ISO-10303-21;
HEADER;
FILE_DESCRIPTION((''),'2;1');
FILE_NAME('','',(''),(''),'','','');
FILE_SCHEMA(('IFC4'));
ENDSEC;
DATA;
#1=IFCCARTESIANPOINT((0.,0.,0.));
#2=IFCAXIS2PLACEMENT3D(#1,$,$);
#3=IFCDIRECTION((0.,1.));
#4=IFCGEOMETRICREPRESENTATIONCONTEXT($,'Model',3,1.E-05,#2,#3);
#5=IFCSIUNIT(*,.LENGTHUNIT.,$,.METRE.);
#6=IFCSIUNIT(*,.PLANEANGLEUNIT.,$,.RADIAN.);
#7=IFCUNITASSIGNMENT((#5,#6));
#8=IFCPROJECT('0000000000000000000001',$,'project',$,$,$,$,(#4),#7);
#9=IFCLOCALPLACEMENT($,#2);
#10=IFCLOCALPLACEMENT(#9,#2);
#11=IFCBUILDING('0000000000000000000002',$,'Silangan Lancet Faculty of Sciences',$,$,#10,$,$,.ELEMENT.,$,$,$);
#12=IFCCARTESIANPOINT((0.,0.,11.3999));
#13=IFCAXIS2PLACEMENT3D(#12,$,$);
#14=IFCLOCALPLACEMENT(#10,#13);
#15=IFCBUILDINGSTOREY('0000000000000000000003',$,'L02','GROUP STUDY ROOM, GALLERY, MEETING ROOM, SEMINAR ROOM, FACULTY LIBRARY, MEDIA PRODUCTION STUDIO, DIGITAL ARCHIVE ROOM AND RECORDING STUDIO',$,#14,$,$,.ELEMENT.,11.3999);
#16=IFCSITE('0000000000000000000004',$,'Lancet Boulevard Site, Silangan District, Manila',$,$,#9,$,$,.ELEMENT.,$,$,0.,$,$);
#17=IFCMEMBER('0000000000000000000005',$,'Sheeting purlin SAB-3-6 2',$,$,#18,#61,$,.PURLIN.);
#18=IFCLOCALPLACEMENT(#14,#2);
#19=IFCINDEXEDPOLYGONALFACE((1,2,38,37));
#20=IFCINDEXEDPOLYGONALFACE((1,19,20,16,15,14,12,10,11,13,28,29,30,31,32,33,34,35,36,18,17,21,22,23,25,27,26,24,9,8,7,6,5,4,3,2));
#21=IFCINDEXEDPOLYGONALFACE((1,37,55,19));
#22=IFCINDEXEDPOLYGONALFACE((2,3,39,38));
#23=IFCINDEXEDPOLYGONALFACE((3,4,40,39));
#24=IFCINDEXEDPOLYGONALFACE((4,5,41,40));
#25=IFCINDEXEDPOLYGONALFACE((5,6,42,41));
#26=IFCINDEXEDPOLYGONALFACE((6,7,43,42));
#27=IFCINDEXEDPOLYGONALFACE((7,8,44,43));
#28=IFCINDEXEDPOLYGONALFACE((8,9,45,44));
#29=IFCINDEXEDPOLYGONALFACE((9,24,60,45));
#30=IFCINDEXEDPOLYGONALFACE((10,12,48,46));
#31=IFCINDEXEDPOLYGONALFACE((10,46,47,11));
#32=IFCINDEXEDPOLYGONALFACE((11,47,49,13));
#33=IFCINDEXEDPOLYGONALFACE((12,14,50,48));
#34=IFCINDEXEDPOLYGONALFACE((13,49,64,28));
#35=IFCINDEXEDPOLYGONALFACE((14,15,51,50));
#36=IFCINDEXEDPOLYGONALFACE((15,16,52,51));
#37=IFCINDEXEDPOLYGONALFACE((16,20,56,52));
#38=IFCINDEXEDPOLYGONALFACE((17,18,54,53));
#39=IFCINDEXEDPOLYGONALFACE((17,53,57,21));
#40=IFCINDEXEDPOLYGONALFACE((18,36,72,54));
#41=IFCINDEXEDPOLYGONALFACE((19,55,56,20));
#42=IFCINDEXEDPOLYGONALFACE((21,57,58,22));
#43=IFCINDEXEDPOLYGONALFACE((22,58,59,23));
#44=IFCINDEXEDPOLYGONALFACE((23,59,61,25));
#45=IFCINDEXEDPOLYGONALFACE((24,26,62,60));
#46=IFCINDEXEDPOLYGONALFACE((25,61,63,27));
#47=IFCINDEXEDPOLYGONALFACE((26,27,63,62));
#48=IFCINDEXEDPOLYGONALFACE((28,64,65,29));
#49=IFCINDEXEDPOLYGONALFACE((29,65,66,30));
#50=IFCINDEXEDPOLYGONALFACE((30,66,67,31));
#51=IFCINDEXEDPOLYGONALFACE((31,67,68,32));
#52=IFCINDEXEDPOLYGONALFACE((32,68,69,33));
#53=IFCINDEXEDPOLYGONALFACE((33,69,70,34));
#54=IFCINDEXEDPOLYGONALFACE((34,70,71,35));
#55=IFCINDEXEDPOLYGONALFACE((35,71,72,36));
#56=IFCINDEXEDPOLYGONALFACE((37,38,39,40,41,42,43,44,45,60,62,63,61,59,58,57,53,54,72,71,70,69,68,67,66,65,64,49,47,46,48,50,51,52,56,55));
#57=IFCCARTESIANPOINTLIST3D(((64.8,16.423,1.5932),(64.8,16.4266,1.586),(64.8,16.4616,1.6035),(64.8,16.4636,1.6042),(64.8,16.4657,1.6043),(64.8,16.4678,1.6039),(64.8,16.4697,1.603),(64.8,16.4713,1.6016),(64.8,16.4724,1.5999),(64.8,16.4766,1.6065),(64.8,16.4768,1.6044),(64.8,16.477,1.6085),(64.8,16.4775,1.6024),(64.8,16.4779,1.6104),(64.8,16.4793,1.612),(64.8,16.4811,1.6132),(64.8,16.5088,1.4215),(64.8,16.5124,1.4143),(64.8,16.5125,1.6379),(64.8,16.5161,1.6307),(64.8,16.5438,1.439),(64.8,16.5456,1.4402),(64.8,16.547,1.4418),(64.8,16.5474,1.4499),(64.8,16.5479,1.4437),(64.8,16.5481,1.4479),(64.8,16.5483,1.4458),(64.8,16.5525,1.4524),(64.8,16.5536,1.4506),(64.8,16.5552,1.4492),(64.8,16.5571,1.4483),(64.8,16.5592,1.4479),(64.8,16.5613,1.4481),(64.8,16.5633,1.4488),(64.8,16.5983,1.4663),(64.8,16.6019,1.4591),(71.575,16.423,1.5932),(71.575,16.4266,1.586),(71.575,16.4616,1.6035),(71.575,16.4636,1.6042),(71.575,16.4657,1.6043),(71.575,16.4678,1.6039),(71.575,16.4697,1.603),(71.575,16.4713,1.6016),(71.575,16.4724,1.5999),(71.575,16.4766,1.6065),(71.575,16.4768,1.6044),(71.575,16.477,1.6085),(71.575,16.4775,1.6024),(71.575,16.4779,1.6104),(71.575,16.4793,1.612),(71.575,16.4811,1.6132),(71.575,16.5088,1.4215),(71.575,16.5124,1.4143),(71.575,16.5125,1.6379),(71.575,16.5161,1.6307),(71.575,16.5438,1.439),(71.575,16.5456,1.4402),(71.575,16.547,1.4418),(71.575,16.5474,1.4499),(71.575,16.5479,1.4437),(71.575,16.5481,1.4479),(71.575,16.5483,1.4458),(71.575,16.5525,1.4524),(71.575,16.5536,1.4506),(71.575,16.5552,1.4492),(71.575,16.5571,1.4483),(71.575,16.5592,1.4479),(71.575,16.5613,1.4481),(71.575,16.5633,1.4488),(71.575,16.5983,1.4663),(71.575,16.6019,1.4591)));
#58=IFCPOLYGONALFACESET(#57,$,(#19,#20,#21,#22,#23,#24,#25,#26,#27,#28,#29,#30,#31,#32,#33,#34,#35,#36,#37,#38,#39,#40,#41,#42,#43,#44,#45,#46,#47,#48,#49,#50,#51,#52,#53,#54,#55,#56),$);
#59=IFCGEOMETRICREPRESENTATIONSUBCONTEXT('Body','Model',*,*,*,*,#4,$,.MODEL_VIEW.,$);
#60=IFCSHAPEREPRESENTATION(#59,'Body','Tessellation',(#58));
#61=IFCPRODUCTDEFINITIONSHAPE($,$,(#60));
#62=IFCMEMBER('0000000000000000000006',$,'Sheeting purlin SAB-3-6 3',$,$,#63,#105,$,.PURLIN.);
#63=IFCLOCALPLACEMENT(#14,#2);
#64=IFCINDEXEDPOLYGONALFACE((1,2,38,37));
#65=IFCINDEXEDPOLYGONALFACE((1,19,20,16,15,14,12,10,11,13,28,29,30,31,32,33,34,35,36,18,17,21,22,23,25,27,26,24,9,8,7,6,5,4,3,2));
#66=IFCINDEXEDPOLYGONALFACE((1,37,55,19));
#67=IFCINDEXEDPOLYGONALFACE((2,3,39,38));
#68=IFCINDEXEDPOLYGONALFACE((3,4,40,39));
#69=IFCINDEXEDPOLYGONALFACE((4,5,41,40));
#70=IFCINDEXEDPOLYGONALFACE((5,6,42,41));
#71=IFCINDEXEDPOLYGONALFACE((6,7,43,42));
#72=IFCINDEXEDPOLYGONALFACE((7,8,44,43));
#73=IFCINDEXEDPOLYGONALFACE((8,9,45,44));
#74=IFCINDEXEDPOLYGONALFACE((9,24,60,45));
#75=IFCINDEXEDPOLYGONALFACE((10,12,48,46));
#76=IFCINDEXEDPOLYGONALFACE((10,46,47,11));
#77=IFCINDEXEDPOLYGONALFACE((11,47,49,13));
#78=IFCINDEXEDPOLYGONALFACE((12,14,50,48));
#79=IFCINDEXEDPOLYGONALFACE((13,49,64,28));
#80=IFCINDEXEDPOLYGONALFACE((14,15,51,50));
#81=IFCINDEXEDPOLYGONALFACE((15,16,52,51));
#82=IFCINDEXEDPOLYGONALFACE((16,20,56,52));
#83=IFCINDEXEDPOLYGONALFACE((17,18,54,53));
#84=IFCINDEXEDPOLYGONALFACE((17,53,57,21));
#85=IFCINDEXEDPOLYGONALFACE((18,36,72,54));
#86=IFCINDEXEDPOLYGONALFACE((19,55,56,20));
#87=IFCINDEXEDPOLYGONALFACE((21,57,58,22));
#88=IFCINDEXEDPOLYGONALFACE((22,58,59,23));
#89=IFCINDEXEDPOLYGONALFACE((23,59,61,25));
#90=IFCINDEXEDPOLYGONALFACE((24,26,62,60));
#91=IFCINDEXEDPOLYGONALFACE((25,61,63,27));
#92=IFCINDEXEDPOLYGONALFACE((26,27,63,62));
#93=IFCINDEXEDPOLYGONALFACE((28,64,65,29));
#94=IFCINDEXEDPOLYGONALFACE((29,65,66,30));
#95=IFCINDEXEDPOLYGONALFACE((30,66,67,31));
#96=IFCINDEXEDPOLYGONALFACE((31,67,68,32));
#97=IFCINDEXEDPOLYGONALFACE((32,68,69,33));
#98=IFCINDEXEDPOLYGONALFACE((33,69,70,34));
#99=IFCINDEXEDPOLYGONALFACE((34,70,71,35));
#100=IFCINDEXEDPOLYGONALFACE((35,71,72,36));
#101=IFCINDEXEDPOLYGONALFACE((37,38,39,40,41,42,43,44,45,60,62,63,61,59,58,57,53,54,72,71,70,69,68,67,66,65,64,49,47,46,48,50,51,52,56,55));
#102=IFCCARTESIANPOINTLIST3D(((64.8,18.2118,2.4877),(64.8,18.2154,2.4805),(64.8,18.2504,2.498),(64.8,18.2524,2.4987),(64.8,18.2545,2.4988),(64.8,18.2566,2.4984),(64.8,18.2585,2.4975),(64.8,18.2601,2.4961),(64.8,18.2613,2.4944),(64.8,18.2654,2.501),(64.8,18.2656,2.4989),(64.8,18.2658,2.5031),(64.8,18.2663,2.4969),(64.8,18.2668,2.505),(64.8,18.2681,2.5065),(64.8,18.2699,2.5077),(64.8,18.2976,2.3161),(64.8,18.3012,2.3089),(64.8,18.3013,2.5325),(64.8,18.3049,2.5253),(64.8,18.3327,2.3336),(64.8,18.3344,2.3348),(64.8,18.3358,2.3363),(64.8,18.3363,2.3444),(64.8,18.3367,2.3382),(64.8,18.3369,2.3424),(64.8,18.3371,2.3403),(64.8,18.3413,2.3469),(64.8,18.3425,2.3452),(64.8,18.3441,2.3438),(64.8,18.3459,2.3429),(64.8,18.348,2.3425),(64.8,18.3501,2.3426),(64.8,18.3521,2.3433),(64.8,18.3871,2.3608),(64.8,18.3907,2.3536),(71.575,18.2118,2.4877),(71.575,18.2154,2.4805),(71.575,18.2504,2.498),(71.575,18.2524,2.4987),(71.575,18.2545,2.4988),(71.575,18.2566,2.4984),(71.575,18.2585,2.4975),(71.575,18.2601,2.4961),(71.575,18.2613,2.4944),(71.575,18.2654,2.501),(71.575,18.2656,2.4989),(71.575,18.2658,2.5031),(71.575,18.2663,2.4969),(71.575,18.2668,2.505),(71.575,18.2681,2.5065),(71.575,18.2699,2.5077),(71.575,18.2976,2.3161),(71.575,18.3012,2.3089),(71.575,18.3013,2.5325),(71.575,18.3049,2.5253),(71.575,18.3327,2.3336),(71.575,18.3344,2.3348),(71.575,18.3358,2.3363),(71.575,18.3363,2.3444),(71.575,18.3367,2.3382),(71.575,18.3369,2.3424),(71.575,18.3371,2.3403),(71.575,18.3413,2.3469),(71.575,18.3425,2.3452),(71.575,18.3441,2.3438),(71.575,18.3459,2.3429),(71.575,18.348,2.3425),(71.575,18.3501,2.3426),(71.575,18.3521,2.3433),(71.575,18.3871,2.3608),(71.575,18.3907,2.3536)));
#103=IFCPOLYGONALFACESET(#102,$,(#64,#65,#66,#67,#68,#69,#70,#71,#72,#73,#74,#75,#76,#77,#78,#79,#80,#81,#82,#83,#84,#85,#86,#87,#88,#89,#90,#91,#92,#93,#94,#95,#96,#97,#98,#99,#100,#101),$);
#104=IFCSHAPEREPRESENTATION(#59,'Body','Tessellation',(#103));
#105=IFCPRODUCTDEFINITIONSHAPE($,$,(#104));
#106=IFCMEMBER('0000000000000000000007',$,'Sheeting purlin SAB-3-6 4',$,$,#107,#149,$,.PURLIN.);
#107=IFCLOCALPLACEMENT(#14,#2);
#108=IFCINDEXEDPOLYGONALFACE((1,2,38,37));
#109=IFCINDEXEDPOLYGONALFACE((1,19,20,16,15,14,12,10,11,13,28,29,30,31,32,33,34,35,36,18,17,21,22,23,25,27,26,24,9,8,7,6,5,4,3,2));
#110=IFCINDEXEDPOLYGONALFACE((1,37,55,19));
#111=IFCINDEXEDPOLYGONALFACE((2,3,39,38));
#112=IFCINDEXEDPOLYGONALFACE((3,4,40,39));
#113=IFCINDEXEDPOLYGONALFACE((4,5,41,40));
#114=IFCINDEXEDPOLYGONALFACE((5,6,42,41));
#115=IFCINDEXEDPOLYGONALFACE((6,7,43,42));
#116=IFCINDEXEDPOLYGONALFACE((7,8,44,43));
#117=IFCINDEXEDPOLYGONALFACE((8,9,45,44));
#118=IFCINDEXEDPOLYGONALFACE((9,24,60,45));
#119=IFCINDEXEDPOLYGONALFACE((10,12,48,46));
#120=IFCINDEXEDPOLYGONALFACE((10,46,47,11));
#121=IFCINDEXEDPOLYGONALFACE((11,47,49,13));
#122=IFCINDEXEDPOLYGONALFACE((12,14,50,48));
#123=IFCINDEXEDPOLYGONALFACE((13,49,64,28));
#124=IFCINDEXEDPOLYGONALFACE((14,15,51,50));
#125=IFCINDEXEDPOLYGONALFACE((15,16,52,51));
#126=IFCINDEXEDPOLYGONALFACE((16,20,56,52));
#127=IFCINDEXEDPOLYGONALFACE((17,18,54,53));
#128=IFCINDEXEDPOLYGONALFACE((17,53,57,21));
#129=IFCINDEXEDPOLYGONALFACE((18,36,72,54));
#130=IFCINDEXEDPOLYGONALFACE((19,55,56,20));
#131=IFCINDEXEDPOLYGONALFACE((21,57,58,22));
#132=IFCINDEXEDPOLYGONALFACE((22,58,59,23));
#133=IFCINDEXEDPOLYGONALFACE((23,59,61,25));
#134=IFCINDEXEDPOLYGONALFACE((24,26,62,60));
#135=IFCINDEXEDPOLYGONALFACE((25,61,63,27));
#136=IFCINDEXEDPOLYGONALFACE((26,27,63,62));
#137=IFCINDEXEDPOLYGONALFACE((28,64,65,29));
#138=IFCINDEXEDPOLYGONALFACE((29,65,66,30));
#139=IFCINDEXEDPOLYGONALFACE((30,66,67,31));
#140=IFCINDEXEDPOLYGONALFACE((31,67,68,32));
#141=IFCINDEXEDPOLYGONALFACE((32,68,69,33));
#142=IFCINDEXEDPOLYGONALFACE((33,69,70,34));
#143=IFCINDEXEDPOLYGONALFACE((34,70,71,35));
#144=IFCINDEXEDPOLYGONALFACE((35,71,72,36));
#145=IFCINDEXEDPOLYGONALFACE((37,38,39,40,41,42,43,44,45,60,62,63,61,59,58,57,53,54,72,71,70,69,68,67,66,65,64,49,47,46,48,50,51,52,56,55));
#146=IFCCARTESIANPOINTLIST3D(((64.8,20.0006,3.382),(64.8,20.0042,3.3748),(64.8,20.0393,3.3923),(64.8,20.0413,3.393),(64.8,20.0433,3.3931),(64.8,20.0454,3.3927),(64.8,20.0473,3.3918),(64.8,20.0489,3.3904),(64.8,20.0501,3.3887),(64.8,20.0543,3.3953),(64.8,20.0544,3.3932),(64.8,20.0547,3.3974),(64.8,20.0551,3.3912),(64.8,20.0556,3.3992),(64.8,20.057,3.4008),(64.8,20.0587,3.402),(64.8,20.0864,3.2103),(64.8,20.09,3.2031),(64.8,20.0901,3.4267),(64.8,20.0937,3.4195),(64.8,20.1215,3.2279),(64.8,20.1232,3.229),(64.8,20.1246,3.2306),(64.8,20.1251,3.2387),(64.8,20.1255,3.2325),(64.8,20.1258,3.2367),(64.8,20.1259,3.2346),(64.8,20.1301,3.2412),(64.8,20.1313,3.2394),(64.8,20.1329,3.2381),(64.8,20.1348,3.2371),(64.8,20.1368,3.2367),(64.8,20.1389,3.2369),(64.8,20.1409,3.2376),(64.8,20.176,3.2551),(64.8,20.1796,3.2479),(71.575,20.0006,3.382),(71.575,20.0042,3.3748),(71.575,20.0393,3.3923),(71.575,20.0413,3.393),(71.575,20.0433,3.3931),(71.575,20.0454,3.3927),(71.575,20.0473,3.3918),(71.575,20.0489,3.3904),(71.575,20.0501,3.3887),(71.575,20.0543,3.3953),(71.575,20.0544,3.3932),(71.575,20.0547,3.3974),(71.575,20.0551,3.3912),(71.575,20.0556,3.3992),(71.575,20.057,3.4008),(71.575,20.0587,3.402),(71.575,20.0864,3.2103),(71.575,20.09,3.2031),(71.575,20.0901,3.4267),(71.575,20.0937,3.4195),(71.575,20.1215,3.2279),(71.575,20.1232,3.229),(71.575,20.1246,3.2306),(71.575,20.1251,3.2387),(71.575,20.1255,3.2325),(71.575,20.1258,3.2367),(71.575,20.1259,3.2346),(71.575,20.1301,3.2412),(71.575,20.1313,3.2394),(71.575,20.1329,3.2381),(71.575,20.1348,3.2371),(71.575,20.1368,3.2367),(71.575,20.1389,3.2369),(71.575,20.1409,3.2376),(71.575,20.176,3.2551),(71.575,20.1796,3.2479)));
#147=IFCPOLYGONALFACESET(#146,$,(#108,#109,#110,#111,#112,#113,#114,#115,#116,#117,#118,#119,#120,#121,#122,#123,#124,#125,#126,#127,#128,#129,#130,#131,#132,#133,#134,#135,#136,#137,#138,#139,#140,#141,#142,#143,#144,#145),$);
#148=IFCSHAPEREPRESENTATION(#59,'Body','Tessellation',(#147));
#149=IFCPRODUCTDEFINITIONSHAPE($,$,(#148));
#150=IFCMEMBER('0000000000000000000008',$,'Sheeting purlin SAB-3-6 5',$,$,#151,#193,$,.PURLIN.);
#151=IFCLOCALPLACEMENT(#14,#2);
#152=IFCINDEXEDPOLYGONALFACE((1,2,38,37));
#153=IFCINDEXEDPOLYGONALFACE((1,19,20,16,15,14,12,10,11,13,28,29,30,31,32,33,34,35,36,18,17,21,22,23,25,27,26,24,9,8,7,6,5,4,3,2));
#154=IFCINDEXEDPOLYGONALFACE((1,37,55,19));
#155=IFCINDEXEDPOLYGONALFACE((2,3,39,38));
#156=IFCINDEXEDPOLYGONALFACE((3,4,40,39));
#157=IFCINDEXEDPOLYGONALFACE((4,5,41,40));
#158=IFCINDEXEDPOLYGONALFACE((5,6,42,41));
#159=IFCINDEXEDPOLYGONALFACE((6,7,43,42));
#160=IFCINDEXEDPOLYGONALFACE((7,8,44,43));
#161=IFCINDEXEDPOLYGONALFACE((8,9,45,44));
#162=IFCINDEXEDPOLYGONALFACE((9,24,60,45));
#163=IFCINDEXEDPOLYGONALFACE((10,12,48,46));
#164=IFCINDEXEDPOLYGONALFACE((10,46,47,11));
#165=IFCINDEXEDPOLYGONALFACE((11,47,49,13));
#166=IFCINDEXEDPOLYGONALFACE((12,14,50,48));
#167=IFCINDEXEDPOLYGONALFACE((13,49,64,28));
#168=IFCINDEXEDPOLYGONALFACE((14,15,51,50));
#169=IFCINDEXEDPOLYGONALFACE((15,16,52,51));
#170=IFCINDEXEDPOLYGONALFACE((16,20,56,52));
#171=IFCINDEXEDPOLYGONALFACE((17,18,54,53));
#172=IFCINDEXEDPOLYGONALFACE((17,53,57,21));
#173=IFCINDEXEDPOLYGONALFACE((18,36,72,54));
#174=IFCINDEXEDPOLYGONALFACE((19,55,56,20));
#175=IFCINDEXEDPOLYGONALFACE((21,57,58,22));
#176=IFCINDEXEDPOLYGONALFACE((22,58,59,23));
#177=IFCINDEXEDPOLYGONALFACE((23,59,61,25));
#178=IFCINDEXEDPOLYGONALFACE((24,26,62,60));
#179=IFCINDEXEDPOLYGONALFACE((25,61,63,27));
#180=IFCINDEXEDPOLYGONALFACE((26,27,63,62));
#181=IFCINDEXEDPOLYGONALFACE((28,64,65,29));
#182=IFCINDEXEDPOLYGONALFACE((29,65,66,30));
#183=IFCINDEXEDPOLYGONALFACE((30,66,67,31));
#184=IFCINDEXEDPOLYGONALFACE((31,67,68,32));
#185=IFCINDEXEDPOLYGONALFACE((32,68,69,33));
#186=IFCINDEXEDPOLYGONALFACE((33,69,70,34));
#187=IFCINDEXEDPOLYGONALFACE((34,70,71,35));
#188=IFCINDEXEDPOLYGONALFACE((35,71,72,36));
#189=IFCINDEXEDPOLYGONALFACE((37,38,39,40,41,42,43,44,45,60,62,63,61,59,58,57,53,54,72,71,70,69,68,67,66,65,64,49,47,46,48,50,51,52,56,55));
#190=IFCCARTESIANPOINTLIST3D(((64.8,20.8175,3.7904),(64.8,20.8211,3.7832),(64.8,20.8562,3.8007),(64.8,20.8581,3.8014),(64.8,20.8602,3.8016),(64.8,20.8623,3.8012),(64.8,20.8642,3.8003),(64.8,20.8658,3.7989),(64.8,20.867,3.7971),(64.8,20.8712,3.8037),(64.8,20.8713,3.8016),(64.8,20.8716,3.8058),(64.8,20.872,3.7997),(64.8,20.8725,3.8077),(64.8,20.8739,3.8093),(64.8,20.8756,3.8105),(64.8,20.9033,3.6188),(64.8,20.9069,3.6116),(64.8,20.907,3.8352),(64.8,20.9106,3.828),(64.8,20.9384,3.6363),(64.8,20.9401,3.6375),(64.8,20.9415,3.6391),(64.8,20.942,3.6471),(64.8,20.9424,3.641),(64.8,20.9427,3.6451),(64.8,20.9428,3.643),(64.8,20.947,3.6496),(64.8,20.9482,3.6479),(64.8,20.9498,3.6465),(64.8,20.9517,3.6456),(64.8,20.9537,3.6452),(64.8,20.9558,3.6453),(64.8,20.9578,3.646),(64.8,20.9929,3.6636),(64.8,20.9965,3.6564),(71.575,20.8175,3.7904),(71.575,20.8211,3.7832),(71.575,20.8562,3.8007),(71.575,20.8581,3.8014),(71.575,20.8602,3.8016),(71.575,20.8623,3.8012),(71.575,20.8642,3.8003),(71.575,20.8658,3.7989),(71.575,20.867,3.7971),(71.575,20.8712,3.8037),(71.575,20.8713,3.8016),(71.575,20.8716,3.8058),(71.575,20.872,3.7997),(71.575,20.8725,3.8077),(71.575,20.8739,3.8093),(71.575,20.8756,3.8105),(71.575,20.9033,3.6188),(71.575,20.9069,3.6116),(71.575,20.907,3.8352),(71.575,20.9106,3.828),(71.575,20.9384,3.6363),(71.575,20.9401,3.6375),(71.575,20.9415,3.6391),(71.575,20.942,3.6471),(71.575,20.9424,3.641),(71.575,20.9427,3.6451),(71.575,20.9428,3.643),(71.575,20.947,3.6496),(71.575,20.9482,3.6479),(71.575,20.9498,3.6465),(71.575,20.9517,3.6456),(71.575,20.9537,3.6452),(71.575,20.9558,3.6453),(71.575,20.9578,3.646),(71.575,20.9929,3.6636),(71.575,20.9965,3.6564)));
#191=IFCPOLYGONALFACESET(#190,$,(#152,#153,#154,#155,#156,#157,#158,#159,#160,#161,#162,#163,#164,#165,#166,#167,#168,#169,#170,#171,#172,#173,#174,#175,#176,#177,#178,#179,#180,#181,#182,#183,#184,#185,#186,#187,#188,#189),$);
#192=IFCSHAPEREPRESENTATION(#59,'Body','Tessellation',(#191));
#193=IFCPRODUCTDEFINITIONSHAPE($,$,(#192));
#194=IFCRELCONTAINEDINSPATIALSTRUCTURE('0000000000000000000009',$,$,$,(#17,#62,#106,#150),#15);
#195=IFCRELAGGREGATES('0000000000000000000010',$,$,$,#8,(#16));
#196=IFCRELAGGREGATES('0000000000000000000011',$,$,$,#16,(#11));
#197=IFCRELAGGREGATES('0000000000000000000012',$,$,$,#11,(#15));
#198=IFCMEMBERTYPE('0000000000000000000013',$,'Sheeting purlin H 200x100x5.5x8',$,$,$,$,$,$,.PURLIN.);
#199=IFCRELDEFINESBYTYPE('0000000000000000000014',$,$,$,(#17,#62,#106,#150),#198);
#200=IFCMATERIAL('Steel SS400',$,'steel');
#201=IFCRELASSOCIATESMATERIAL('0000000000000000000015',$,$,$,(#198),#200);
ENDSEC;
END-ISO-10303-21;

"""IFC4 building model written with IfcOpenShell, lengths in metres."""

from ifc_helpers import new_model, si_unit, direction, frame, origin, origin_2d, place, context, subcontext, project, spatial, i_section, extrude, material, material_profile, profile_set, type_object, element, save


model = new_model("IFC4")

# Units and contexts
model_context = context("Model", 3, precision=1e-05, world=origin(), true_north=direction((0.0, 1.0)))
body_context = subcontext(model_context, "Body", "Model", "MODEL_VIEW")
ifc_project = project(units=[si_unit("LENGTHUNIT", "METRE"), si_unit("PLANEANGLEUNIT", "RADIAN")], contexts=[model_context])

# Site, building, storey
site_placement = place(None, origin())
site = spatial("IfcSite", under=ifc_project, at=site_placement, Name="Lancet Boulevard Site, Silangan District, Manila", CompositionType="ELEMENT", RefElevation=0.0)
building_placement = place(site_placement, origin())
building = spatial("IfcBuilding", under=site, at=building_placement, Name="Silangan Lancet Faculty of Sciences", CompositionType="ELEMENT")
storey_placement = place(building_placement, frame((0.0, 0.0, 11.3999)))
storey = spatial("IfcBuildingStorey", under=building, at=storey_placement, Name="L02", Description="GROUP STUDY ROOM, GALLERY, MEETING ROOM, SEMINAR ROOM, FACULTY LIBRARY, MEDIA PRODUCTION STUDIO, DIGITAL ARCHIVE ROOM AND RECORDING STUDIO", CompositionType="ELEMENT", Elevation=11.3999)

# Members
ifc_material_1 = material(Name="Steel SS400", Category="steel")
ifc_material_profile_1 = material_profile(ifc_material_1, i_section(OverallWidth=0.1001, OverallDepth=0.2, WebThickness=0.0056, FlangeThickness=0.0081, FilletRadius=0.0081, at=origin_2d()), Name="H 200x100x5.5x8")
ifc_profile_set_1 = profile_set([ifc_material_profile_1], Name="Steel SS400")
member_type_1 = type_object("IfcMemberType", Name="Sheeting purlin H 200x100x5.5x8", PredefinedType="PURLIN", material=ifc_profile_set_1)
for number, where, z_axis, x_axis, name in (
    (1, (64.8, 16.5125, 1.5261), (1.0, 0.0, 0.0), (0.0, 0.894427, 0.447214), "Sheeting purlin SAB-3-6 2"),
    (2, (64.8, 18.3013, 2.4207), (1.0, 0.0, 0.0), (0.0, 0.894427, 0.447214), "Sheeting purlin SAB-3-6 3"),
    (3, (64.8, 20.0901, 3.3149), (1.0, 0.0, 0.0), (0.0, 0.894427, 0.447214), "Sheeting purlin SAB-3-6 4"),
    (4, (64.8, 20.907, 3.7234), (1.0, 0.0, 0.0), (0.0, 0.894427, 0.447214), "Sheeting purlin SAB-3-6 5"),
):
    element("IfcMember", number, at=place(storey_placement, frame(where, z_axis=z_axis, x_axis=x_axis)), inside=storey, type_object=member_type_1, Name=name, PredefinedType="PURLIN", context=body_context, shape_type="SweptSolid", body=[
        extrude(i_section(OverallWidth=0.1001, OverallDepth=0.2, WebThickness=0.0056, FlangeThickness=0.0081, FilletRadius=0.0081, at=origin_2d()), origin(), (0.0, 0.0, 1.0), 6.7749),
    ])

save(model, "model.ifc")
